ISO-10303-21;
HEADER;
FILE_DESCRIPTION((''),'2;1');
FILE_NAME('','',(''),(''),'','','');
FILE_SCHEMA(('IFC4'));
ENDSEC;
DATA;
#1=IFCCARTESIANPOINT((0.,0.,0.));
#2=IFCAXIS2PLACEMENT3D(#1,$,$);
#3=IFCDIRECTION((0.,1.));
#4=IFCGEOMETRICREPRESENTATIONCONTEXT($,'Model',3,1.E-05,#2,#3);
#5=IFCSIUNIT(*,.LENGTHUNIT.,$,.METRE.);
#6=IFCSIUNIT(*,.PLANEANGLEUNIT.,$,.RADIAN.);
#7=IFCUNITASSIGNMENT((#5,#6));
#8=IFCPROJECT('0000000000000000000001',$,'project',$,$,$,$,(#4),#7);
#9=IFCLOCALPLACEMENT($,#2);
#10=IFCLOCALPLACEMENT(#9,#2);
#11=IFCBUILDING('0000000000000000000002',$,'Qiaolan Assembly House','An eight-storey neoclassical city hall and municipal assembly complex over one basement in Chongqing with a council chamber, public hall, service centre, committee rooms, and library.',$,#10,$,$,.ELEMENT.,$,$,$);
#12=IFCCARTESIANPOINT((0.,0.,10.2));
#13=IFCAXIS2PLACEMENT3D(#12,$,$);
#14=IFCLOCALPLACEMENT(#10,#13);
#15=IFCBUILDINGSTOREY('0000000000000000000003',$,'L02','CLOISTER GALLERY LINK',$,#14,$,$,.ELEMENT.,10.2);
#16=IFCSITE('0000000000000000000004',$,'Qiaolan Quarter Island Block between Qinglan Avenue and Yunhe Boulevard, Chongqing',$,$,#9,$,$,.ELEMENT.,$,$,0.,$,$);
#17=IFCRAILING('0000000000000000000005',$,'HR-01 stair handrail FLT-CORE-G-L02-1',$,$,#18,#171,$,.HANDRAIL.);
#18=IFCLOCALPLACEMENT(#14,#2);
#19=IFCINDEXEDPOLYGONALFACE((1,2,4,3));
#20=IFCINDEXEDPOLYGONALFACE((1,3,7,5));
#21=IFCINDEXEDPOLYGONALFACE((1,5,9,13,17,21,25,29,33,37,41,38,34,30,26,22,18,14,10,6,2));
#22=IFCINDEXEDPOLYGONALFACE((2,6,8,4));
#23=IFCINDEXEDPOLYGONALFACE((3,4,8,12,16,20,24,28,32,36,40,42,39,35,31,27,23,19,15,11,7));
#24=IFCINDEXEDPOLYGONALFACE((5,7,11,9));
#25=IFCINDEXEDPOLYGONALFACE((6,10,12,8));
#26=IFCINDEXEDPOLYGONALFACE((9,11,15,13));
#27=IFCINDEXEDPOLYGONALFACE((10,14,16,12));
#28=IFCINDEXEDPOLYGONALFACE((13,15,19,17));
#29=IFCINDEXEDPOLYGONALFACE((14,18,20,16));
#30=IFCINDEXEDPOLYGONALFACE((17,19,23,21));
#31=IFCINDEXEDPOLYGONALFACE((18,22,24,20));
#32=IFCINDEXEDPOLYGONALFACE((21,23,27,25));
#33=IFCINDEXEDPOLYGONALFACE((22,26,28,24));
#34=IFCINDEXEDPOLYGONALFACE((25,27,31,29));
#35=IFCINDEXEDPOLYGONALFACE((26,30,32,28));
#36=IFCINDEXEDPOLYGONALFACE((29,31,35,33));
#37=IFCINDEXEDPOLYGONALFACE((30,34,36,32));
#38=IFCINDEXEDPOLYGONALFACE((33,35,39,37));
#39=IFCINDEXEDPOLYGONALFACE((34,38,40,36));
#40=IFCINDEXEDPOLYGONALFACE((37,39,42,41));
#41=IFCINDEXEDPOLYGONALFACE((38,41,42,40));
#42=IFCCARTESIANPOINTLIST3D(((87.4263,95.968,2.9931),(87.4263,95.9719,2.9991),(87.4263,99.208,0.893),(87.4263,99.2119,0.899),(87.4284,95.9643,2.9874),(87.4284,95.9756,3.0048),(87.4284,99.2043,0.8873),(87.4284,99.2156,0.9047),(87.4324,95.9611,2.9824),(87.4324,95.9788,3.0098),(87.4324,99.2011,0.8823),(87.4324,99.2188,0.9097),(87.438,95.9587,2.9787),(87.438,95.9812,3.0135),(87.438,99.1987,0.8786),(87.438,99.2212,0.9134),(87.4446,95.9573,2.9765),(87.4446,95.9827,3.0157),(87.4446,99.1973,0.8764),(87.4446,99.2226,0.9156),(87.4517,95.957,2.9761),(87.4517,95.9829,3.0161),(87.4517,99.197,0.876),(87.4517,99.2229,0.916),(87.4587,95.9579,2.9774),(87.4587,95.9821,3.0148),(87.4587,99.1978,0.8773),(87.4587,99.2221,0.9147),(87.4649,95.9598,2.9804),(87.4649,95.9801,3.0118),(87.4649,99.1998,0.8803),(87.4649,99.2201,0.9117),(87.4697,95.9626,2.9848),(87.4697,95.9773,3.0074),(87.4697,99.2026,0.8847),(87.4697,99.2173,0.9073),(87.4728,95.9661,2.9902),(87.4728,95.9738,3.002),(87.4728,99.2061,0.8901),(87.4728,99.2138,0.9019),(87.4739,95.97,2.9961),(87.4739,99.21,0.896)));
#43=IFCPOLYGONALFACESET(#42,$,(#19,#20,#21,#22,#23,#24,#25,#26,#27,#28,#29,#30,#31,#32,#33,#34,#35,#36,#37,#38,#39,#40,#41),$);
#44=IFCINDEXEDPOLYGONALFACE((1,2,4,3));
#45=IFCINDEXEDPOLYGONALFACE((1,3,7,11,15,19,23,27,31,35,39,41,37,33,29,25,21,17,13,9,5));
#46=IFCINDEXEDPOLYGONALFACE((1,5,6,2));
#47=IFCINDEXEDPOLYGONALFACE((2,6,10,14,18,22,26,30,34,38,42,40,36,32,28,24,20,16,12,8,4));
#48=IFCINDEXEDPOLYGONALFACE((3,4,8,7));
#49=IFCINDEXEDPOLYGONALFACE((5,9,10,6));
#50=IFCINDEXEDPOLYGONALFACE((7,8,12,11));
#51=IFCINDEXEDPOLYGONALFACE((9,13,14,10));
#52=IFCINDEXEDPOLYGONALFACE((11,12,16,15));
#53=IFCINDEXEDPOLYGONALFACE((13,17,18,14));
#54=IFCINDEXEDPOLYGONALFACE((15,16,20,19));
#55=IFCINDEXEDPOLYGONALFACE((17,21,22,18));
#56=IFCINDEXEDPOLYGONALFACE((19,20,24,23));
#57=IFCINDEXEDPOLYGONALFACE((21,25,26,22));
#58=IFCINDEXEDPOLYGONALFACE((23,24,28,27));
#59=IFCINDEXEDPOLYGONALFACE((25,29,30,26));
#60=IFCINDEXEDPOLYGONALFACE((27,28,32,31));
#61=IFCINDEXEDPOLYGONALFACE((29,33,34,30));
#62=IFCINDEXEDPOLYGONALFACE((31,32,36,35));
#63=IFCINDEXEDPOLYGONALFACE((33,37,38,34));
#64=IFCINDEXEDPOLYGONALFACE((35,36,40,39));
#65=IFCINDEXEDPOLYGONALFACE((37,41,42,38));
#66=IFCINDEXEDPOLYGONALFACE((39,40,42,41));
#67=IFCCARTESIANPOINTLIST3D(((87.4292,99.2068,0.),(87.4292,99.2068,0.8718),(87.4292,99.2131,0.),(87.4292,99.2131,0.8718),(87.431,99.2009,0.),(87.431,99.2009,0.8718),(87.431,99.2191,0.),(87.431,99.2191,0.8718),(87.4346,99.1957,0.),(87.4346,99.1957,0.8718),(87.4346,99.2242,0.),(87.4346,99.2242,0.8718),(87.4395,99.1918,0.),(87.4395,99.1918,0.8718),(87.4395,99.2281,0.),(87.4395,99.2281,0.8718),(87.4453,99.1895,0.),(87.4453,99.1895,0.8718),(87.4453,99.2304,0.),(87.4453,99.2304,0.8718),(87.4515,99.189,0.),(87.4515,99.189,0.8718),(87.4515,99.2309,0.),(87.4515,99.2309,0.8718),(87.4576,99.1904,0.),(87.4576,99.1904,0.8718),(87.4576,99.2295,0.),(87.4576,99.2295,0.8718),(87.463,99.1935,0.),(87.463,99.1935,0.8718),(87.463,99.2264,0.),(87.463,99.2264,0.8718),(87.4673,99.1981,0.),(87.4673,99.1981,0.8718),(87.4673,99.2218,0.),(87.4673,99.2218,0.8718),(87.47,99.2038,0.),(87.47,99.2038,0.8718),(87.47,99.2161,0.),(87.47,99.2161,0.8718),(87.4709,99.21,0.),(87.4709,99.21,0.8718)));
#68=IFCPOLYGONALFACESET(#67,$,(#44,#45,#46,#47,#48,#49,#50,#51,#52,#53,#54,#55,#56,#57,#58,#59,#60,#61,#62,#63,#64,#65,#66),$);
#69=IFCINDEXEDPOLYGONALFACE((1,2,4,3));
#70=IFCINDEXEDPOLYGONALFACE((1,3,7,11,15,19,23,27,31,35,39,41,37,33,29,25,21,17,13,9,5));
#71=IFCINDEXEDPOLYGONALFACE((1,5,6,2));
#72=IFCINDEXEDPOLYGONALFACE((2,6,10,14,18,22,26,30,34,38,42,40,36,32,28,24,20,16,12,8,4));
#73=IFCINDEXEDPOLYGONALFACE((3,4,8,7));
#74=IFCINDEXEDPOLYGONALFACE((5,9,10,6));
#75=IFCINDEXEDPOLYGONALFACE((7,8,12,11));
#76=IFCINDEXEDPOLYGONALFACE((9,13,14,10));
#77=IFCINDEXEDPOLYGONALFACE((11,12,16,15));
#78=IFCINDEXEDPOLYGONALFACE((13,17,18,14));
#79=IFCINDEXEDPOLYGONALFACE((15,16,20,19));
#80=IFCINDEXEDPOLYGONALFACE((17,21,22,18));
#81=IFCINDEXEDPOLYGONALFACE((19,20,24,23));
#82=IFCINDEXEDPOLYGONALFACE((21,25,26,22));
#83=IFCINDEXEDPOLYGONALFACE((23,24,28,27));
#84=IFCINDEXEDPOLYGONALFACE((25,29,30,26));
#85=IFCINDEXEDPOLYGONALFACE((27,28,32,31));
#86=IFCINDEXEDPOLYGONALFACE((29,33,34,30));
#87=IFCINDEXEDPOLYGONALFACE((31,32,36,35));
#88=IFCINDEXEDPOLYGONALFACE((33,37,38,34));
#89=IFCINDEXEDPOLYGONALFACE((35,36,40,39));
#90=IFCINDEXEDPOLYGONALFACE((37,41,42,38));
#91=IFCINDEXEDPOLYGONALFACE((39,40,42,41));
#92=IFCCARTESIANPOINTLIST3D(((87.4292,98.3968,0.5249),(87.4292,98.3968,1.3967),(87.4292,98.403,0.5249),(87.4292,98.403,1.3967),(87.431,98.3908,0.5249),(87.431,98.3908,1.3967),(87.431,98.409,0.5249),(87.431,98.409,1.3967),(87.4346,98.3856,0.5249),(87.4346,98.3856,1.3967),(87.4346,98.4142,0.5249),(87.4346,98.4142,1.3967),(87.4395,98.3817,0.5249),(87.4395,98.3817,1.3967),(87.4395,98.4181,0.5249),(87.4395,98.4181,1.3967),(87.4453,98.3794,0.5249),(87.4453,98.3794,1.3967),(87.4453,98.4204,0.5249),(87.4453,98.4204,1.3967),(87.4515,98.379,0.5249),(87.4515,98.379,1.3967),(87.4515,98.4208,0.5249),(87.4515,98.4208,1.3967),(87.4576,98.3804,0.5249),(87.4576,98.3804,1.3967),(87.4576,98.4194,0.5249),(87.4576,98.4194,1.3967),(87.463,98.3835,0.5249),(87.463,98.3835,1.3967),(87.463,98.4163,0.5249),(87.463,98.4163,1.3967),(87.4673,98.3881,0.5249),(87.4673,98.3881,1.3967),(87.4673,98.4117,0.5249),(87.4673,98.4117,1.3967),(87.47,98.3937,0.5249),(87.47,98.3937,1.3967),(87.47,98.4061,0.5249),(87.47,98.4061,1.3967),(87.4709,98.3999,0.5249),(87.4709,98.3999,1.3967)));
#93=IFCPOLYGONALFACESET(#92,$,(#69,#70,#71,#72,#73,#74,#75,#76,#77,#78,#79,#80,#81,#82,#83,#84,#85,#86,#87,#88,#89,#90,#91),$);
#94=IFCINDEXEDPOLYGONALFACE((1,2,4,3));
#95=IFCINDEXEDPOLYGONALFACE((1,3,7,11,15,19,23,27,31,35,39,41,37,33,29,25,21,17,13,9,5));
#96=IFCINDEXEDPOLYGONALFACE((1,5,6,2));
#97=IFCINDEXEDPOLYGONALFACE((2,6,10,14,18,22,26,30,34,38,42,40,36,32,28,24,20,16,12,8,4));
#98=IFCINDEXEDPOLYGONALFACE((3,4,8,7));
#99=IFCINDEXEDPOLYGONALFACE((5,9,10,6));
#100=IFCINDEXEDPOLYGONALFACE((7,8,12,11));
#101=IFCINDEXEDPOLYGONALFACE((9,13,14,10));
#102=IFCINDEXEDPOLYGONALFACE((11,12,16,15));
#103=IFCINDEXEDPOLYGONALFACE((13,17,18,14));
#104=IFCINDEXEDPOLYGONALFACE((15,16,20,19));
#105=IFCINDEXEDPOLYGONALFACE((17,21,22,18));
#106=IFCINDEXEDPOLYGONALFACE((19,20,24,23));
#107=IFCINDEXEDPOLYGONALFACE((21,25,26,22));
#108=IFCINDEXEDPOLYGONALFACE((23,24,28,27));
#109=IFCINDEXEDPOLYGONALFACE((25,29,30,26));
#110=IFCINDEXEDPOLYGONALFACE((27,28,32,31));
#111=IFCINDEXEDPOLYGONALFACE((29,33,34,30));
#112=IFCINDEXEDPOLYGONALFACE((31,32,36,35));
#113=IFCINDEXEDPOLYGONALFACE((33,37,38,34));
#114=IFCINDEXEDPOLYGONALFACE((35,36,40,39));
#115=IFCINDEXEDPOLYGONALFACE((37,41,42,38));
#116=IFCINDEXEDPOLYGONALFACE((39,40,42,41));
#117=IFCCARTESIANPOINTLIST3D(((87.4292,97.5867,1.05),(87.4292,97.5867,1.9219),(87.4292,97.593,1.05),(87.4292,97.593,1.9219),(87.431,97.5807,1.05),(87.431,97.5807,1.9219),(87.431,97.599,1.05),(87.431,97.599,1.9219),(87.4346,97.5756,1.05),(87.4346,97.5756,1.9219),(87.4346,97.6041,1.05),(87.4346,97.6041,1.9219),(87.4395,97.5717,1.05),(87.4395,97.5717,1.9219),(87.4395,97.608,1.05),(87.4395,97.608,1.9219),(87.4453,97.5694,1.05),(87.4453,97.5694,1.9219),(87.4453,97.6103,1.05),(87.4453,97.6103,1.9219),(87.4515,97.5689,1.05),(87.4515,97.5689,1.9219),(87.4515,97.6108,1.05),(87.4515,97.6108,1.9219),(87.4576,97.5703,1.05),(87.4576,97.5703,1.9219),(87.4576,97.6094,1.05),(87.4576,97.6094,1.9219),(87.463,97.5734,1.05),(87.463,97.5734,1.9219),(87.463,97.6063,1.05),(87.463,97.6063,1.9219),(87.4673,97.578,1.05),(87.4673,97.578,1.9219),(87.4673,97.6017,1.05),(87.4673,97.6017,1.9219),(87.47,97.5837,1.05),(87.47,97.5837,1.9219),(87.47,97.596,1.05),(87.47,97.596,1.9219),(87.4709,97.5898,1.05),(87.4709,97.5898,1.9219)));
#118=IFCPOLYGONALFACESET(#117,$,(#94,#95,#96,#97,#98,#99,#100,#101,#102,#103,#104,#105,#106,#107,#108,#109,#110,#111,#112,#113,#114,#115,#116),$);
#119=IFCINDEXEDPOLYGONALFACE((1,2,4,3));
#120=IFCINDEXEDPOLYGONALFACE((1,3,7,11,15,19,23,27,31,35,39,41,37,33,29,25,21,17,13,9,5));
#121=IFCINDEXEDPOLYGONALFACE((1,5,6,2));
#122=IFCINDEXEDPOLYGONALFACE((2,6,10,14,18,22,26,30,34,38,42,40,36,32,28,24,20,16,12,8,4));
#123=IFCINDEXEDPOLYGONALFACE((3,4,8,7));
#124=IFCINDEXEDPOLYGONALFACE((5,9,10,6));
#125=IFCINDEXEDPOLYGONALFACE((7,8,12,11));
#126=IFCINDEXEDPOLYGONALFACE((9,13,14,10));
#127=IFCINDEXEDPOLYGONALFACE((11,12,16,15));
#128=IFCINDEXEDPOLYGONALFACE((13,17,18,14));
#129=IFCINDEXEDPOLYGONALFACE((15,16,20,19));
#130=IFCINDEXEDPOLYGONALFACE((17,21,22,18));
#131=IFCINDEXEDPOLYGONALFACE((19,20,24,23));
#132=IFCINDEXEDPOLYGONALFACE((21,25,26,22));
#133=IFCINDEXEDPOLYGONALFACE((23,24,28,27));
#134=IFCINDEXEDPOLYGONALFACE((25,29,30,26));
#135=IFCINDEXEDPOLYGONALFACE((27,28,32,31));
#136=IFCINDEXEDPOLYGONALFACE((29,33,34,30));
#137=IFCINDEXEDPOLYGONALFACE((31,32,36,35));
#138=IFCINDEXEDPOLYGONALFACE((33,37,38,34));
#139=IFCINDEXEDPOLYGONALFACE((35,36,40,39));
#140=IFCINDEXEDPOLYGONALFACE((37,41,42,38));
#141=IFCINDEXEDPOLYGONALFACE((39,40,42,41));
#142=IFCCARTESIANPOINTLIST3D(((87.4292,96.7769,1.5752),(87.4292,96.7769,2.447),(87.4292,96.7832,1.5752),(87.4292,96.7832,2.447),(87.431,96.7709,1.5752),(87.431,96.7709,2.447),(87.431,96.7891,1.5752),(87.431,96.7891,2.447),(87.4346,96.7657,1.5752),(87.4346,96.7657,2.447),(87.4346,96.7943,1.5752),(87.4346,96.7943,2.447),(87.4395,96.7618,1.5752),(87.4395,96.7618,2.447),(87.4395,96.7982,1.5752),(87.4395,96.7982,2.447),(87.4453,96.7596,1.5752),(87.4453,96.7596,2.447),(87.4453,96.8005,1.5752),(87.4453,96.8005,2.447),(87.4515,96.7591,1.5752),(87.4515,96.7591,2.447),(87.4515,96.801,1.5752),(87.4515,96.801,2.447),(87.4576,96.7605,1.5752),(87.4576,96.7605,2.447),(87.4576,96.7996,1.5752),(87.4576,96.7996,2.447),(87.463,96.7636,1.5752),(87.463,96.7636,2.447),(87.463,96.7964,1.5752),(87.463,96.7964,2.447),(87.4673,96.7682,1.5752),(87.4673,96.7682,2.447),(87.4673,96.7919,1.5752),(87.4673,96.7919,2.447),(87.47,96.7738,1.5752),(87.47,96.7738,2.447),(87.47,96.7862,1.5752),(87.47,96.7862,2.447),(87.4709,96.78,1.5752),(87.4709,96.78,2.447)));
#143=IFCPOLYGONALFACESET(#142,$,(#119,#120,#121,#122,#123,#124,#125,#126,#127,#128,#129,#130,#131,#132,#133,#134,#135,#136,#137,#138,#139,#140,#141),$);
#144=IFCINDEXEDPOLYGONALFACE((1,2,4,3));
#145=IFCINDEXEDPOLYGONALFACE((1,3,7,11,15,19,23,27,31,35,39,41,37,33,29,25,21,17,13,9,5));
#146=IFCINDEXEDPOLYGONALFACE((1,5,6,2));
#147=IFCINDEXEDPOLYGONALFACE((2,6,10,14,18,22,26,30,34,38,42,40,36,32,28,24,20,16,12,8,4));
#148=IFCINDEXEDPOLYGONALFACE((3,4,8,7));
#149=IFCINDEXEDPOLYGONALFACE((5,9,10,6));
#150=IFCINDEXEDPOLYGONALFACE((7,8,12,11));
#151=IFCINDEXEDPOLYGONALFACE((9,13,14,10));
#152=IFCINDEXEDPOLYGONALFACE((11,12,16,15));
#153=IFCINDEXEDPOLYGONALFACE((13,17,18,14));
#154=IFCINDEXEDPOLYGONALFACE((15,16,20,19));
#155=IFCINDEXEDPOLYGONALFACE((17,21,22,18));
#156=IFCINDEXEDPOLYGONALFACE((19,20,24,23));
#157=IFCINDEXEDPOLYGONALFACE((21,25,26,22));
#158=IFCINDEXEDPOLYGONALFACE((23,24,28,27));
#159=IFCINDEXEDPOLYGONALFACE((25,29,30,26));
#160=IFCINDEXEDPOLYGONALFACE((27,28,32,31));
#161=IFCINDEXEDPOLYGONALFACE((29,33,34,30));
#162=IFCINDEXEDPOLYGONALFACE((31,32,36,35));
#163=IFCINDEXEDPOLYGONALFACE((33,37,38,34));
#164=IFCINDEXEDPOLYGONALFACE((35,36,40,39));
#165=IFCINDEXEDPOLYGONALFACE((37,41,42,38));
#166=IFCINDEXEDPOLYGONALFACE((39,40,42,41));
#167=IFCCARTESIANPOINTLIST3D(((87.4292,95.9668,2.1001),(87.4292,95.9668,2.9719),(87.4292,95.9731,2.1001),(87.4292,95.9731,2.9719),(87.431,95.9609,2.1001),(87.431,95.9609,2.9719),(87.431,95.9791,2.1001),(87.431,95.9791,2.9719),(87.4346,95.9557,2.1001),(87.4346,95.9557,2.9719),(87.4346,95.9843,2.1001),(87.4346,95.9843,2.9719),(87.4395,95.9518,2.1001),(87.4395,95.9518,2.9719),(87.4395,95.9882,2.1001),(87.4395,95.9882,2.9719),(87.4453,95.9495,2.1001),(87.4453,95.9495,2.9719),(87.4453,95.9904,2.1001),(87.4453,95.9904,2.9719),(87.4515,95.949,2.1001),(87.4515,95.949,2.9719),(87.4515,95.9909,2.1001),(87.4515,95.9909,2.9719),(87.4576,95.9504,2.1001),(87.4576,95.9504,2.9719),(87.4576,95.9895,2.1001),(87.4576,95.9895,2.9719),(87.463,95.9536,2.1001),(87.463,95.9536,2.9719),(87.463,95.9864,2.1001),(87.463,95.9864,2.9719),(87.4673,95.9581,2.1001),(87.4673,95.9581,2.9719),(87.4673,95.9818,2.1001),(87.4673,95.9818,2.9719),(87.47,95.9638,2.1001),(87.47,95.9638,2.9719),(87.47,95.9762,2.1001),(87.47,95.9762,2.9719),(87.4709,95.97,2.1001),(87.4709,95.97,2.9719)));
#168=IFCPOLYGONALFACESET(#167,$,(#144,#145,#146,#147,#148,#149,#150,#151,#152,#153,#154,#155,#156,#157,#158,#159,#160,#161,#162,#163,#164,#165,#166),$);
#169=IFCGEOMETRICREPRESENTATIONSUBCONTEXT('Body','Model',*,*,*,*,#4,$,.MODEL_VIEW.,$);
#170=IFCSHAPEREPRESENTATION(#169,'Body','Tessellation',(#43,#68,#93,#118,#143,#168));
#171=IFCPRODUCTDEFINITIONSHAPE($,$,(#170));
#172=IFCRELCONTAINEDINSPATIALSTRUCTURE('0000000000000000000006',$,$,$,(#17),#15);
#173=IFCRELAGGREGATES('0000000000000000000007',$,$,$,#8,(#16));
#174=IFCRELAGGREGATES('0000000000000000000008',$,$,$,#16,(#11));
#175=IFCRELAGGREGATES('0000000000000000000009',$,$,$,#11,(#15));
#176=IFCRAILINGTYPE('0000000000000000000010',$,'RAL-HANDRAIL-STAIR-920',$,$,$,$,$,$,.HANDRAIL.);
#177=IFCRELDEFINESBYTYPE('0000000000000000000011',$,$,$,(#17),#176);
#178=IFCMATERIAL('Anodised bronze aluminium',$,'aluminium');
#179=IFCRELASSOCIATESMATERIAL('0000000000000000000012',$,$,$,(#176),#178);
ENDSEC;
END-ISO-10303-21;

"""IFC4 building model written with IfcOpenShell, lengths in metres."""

from ifc_helpers import new_model, si_unit, direction, frame, origin, origin_2d, place, context, subcontext, project, spatial, circle, extrude, material, type_object, element, save


model = new_model("IFC4")

# Units and contexts
model_context = context("Model", 3, precision=1e-05, world=origin(), true_north=direction((0.0, 1.0)))
body_context = subcontext(model_context, "Body", "Model", "MODEL_VIEW")
ifc_project = project(units=[si_unit("LENGTHUNIT", "METRE"), si_unit("PLANEANGLEUNIT", "RADIAN")], contexts=[model_context])

# Site, building, storey
site_placement = place(None, origin())
site = spatial("IfcSite", under=ifc_project, at=site_placement, Name="Qiaolan Quarter Island Block between Qinglan Avenue and Yunhe Boulevard, Chongqing", CompositionType="ELEMENT", RefElevation=0.0)
building_placement = place(site_placement, origin())
building = spatial("IfcBuilding", under=site, at=building_placement, Name="Qiaolan Assembly House", Description="An eight-storey neoclassical city hall and municipal assembly complex over one basement in Chongqing with a council chamber, public hall, service centre, committee rooms, and library.", CompositionType="ELEMENT")
storey_placement = place(building_placement, frame((0.0, 0.0, 10.2)))
storey = spatial("IfcBuildingStorey", under=building, at=storey_placement, Name="L02", Description="CLOISTER GALLERY LINK", CompositionType="ELEMENT", Elevation=10.2)

# Railing
ifc_material_1 = material(Name="Anodised bronze aluminium", Category="aluminium")
railing_type_1 = type_object("IfcRailingType", Name="RAL-HANDRAIL-STAIR-920", PredefinedType="HANDRAIL", material=ifc_material_1)
railing_1_placement = place(storey_placement, frame((87.45, 99.21, 0.0)))
element("IfcRailing", 1, at=railing_1_placement, inside=storey, type_object=railing_type_1, Name="HR-01 stair handrail FLT-CORE-G-L02-1", PredefinedType="HANDRAIL", context=body_context, shape_type="SweptSolid", body=[
    extrude(circle(Radius=0.0239, at=origin_2d()), frame((0.0, 0.0, 0.896), z_axis=(0.0, -0.839141, 0.543914), x_axis=(1.0, 0.0, 0.0)), (0.0, 0.0, 1.0), 3.8611),
    extrude(circle(Radius=0.021, at=origin_2d()), origin(), (0.0, 0.0, 1.0), 0.8718),
    extrude(circle(Radius=0.021, at=origin_2d()), frame((0.0, -0.8101, 0.5249)), (0.0, 0.0, 1.0), 0.8718),
    extrude(circle(Radius=0.021, at=origin_2d()), frame((0.0, -1.6201, 1.05)), (0.0, 0.0, 1.0), 0.8718),
    extrude(circle(Radius=0.021, at=origin_2d()), frame((0.0, -2.4299, 1.5752)), (0.0, 0.0, 1.0), 0.8718),
    extrude(circle(Radius=0.021, at=origin_2d()), frame((0.0, -3.24, 2.1001)), (0.0, 0.0, 1.0), 0.8718),
])

save(model, "model.ifc")
